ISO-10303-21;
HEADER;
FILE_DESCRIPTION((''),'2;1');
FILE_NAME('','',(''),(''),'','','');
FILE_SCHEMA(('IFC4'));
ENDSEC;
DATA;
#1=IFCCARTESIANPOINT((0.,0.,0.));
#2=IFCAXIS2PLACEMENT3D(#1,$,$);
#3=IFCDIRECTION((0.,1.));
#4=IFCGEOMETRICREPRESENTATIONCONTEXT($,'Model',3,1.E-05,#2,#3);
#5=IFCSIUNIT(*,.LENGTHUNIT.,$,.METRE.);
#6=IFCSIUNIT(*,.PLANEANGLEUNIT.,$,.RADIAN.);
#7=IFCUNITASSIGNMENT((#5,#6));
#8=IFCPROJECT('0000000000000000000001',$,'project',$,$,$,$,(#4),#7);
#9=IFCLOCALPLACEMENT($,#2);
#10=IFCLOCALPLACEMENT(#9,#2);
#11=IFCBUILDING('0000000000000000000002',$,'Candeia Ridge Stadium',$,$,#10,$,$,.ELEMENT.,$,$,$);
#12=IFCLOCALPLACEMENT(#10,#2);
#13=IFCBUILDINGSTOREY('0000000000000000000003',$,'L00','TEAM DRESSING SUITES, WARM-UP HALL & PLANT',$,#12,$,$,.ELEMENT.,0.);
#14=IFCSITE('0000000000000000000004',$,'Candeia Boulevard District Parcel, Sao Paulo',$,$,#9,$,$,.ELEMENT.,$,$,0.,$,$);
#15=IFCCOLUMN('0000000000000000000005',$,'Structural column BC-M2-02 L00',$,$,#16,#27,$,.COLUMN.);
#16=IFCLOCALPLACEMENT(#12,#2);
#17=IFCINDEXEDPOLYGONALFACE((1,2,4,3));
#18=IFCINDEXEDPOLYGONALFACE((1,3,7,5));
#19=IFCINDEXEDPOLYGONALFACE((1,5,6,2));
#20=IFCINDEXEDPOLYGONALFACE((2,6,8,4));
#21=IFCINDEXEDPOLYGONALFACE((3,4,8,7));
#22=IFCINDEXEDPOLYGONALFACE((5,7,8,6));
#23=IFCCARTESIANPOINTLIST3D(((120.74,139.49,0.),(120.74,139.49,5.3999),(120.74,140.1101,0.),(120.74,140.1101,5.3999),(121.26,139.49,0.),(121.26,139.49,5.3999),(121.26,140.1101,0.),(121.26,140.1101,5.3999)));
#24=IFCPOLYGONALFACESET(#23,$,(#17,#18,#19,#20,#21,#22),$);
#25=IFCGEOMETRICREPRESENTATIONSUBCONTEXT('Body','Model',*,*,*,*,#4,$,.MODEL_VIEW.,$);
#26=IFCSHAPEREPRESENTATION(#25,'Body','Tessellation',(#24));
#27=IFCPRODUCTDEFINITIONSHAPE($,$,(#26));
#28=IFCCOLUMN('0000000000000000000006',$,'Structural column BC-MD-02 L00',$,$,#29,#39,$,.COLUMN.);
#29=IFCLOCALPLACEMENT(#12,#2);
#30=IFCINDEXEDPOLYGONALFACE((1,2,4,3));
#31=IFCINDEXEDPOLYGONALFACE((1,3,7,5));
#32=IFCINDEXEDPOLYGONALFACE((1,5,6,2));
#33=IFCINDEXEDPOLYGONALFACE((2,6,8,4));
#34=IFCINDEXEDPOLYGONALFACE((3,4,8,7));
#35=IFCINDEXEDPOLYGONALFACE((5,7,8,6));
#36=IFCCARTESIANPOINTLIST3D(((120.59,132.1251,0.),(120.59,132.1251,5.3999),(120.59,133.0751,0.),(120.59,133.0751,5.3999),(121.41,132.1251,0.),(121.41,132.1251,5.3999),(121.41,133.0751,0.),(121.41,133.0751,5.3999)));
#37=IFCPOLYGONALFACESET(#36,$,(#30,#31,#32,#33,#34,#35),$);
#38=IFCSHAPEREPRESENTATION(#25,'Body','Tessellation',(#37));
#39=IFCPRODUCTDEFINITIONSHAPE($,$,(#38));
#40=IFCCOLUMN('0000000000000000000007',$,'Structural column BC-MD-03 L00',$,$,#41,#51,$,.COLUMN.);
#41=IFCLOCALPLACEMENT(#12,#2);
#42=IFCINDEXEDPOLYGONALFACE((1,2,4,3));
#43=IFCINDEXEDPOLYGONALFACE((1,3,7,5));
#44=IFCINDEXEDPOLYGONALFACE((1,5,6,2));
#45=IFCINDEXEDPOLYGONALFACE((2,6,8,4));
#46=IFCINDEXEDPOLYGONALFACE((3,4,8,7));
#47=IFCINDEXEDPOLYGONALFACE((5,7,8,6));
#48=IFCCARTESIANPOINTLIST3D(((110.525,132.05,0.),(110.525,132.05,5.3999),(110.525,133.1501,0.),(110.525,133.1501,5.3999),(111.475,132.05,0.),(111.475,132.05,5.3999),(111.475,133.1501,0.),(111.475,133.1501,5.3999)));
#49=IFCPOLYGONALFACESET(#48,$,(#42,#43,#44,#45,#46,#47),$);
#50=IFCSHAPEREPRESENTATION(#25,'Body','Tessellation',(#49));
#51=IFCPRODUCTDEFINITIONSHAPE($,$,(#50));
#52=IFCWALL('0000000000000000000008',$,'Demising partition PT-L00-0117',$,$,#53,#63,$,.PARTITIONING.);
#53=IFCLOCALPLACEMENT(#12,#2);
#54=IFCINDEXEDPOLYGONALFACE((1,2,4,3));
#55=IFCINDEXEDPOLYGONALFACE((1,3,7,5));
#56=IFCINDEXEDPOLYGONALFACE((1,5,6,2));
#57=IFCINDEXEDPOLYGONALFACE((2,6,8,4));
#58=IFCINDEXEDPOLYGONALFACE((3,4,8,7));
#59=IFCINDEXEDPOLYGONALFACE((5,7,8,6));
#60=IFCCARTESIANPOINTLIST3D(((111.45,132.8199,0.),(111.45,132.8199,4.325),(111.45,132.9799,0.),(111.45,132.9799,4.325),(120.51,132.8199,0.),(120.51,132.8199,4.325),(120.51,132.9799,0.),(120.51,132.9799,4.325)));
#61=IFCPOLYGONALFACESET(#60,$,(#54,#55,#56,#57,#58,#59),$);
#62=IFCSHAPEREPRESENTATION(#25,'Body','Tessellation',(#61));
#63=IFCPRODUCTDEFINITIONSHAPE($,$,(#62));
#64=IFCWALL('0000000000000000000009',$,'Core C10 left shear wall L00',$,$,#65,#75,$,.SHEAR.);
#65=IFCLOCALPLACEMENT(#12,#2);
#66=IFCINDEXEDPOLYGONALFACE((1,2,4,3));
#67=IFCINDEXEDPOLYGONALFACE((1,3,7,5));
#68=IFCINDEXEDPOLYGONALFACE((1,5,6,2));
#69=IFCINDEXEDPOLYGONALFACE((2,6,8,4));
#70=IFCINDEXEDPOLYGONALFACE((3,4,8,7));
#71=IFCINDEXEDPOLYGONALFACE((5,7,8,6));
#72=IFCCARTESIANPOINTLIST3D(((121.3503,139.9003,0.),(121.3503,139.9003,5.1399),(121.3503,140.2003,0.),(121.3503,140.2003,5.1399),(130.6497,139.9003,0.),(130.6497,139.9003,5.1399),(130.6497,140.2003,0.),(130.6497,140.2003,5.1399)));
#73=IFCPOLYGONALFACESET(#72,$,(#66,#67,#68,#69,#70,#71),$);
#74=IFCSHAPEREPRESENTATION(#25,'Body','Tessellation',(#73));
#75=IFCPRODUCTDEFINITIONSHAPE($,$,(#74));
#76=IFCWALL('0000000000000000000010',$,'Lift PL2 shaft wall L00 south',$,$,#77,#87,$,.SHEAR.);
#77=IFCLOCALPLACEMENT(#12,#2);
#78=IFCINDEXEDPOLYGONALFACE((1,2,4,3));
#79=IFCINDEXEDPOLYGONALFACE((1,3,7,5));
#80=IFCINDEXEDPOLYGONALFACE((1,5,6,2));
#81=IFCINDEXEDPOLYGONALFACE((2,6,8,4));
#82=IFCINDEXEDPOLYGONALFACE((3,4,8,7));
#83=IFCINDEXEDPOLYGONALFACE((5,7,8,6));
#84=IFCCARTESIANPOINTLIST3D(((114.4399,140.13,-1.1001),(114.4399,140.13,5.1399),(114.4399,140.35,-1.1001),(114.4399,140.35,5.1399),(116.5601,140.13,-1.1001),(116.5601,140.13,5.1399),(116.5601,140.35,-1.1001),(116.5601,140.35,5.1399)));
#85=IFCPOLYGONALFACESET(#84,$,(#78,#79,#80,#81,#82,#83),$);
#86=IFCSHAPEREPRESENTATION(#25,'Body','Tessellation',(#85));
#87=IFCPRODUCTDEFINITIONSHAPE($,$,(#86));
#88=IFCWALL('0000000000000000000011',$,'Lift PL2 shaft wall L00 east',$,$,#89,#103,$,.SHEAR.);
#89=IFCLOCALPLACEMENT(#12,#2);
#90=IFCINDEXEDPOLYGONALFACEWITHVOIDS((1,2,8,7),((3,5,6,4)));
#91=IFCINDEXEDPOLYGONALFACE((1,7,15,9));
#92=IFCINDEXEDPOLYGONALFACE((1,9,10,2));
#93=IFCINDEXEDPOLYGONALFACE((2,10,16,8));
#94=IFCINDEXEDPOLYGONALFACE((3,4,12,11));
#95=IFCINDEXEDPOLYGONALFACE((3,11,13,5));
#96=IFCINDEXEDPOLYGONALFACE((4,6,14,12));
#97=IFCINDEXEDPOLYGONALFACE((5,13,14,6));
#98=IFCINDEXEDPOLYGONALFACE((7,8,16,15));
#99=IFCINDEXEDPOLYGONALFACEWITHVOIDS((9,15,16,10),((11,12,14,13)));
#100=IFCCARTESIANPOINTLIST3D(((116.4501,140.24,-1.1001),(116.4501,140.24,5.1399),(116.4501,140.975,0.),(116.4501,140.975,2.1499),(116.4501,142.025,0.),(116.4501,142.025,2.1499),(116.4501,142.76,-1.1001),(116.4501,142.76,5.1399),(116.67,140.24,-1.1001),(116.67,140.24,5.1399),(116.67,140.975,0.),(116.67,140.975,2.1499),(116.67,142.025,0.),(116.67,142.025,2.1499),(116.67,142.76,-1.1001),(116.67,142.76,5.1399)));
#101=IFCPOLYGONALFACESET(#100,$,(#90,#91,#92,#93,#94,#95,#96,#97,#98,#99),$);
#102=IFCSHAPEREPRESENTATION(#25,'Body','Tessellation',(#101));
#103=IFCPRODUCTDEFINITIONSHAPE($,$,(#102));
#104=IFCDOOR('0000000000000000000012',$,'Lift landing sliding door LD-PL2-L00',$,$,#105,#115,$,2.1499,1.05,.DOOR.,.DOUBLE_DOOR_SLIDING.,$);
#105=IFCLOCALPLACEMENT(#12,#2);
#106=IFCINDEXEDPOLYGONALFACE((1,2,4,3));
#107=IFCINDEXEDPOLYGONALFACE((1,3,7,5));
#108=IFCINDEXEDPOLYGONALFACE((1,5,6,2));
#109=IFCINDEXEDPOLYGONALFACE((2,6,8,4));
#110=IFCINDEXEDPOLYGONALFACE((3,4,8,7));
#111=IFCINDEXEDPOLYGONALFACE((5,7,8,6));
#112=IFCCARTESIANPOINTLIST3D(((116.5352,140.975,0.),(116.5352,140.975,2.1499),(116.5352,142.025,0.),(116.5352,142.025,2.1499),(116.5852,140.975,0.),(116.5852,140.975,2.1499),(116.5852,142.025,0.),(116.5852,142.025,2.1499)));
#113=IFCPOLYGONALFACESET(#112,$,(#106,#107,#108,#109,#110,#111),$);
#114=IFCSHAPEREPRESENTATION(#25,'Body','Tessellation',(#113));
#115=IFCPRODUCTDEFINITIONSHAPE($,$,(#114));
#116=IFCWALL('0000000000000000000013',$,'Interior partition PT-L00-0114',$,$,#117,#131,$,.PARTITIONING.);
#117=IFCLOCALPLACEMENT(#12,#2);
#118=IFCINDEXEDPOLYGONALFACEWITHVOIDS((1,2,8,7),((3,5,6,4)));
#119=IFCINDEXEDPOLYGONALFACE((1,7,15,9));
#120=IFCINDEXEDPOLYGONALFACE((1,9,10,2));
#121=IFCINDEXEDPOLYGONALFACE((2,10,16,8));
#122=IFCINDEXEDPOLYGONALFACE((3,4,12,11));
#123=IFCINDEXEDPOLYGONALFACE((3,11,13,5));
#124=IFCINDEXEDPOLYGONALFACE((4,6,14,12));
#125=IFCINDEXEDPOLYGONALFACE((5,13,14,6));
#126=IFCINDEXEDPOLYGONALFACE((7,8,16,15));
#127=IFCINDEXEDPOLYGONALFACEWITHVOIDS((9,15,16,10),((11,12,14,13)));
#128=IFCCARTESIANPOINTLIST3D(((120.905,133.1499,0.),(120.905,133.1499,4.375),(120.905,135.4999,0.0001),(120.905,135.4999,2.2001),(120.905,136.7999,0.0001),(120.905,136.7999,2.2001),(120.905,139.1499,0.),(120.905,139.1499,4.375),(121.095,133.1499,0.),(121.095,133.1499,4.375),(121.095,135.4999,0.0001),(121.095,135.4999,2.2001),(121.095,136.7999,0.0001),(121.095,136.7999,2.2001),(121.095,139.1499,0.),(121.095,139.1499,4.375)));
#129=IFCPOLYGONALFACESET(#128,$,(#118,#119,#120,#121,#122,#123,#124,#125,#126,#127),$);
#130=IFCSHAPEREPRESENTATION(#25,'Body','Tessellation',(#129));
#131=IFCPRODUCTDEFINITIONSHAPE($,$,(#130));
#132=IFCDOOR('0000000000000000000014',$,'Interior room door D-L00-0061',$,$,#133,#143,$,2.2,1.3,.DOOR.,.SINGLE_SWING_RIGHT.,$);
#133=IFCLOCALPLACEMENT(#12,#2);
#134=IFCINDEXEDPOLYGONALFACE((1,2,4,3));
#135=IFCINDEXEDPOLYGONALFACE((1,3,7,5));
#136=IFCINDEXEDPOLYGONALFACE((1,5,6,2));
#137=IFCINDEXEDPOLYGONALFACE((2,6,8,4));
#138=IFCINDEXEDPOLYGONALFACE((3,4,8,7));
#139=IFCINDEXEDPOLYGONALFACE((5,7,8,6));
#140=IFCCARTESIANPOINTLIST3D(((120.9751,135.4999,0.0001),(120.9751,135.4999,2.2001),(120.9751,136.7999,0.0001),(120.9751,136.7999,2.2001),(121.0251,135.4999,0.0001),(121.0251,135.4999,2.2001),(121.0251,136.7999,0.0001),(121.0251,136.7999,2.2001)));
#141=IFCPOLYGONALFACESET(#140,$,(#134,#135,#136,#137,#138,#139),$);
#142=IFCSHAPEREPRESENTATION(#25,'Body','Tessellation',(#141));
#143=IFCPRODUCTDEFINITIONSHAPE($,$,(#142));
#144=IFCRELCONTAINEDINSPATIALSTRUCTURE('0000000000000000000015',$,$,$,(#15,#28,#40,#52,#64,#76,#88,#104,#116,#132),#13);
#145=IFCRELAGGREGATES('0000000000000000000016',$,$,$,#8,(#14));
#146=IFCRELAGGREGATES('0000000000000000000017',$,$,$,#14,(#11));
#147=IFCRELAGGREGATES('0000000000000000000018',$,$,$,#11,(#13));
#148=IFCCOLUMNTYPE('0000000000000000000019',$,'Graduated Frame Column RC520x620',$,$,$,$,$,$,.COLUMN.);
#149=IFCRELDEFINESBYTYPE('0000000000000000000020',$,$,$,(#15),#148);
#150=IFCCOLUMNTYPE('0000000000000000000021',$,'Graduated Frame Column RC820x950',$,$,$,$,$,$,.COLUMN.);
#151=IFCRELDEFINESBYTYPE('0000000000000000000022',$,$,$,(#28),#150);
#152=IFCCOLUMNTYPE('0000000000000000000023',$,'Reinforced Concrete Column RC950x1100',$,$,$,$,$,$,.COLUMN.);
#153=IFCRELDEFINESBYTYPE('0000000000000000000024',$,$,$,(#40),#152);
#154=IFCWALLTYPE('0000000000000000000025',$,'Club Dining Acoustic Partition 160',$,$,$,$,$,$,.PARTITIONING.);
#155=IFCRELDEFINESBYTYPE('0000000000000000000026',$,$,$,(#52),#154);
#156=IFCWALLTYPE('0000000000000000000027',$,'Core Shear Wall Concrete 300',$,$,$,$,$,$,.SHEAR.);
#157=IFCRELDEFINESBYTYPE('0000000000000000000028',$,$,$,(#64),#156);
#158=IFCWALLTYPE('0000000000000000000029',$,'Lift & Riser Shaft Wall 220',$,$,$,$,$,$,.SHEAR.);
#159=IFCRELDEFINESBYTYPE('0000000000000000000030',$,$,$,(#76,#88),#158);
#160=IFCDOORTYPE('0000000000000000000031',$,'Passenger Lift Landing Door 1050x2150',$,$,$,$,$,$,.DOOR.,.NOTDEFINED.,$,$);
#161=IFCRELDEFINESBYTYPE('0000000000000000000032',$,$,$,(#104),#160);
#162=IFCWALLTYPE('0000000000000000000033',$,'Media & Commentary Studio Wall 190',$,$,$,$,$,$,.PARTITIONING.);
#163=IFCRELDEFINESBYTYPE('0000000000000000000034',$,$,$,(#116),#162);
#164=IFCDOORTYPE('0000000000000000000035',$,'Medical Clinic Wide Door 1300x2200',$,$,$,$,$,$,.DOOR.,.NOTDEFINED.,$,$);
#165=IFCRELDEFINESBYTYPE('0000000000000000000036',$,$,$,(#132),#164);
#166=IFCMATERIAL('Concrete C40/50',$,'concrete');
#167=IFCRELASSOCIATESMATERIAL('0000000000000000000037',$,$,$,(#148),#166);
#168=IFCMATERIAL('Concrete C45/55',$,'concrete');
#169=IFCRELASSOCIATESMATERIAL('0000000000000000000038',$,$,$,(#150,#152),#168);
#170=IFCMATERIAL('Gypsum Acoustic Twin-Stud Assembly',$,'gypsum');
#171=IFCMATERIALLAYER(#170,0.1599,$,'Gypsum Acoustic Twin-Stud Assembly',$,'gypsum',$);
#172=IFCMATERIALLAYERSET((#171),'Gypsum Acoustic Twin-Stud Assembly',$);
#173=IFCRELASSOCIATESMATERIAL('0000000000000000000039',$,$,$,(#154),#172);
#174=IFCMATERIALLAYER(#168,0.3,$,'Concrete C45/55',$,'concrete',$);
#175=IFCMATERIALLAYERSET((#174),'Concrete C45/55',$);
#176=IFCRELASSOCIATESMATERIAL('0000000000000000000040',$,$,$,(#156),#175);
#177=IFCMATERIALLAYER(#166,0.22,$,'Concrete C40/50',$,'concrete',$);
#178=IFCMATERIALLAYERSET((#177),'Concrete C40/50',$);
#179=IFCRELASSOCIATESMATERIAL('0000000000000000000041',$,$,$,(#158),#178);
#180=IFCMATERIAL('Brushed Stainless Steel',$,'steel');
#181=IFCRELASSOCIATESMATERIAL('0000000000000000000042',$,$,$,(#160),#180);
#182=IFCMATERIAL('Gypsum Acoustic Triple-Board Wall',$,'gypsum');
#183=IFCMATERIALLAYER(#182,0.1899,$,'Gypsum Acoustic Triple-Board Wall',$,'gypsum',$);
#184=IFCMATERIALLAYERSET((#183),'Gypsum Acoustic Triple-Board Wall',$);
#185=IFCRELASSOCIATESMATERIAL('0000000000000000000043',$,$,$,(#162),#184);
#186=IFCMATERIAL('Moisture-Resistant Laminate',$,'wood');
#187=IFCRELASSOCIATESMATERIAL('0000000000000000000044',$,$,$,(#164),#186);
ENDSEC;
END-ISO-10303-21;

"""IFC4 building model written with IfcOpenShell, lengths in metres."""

from ifc_helpers import new_model, si_unit, direction, frame, frame_2d, origin, origin_2d, place, context, subcontext, project, spatial, rectangle, extrude, material, layer, layer_set, material_profile, profile_set, type_object, element, fill, save


model = new_model("IFC4")

# Units and contexts
model_context = context("Model", 3, precision=1e-05, world=origin(), true_north=direction((0.0, 1.0)))
body_context = subcontext(model_context, "Body", "Model", "MODEL_VIEW")
ifc_project = project(units=[si_unit("LENGTHUNIT", "METRE"), si_unit("PLANEANGLEUNIT", "RADIAN")], contexts=[model_context])

# Site, building, storey
site_placement = place(None, origin())
site = spatial("IfcSite", under=ifc_project, at=site_placement, Name="Candeia Boulevard District Parcel, Sao Paulo", CompositionType="ELEMENT", RefElevation=0.0)
building_placement = place(site_placement, origin())
building = spatial("IfcBuilding", under=site, at=building_placement, Name="Candeia Ridge Stadium", CompositionType="ELEMENT")
storey_placement = place(building_placement, origin())
storey = spatial("IfcBuildingStorey", under=building, at=storey_placement, Name="L00", Description="TEAM DRESSING SUITES, WARM-UP HALL & PLANT", CompositionType="ELEMENT", Elevation=0.0)

# Shared definitions
ifc_material_1 = material(Name="Concrete C40/50", Category="concrete")

# Columns
ifc_material_profile_1 = material_profile(ifc_material_1, rectangle(XDim=0.52, YDim=0.6201, at=origin_2d()), Name="RC520x620", Category="concrete")
ifc_profile_set_1 = profile_set([ifc_material_profile_1], Name="Concrete C40/50")
column_type_1 = type_object("IfcColumnType", Name="Graduated Frame Column RC520x620", PredefinedType="COLUMN", material=ifc_profile_set_1)
column_1_placement = place(storey_placement, frame((121.0, 139.8, 0.0), z_axis=(0.0, 0.0, 1.0), x_axis=(1.0, 0.0, 0.0)))
element("IfcColumn", 1, at=column_1_placement, inside=storey, type_object=column_type_1, Name="Structural column BC-M2-02 L00", PredefinedType="COLUMN", context=body_context, shape_type="SweptSolid", body=[
    extrude(rectangle(XDim=0.52, YDim=0.6201, at=origin_2d()), origin(), (0.0, 0.0, 1.0), 5.3999),
])
ifc_material_2 = material(Name="Concrete C45/55", Category="concrete")
ifc_material_profile_2 = material_profile(ifc_material_2, rectangle(XDim=0.8201, YDim=0.95, at=origin_2d()), Name="RC820x950", Category="concrete")
ifc_profile_set_2 = profile_set([ifc_material_profile_2], Name="Concrete C45/55")
column_type_2 = type_object("IfcColumnType", Name="Graduated Frame Column RC820x950", PredefinedType="COLUMN", material=ifc_profile_set_2)
column_2_placement = place(storey_placement, frame((121.0, 132.6001, 0.0), z_axis=(0.0, 0.0, 1.0), x_axis=(1.0, 0.0, 0.0)))
element("IfcColumn", 2, at=column_2_placement, inside=storey, type_object=column_type_2, Name="Structural column BC-MD-02 L00", PredefinedType="COLUMN", context=body_context, shape_type="SweptSolid", body=[
    extrude(rectangle(XDim=0.8201, YDim=0.95, at=origin_2d()), origin(), (0.0, 0.0, 1.0), 5.3999),
])
ifc_material_profile_3 = material_profile(ifc_material_2, rectangle(XDim=0.95, YDim=1.1001, at=origin_2d()), Name="RC950x1100", Category="concrete")
ifc_profile_set_3 = profile_set([ifc_material_profile_3], Name="Concrete C45/55")
column_type_3 = type_object("IfcColumnType", Name="Reinforced Concrete Column RC950x1100", PredefinedType="COLUMN", material=ifc_profile_set_3)
column_3_placement = place(storey_placement, frame((111.0, 132.6001, 0.0), z_axis=(0.0, 0.0, 1.0), x_axis=(1.0, 0.0, 0.0)))
element("IfcColumn", 3, at=column_3_placement, inside=storey, type_object=column_type_3, Name="Structural column BC-MD-03 L00", PredefinedType="COLUMN", context=body_context, shape_type="SweptSolid", body=[
    extrude(rectangle(XDim=0.95, YDim=1.1001, at=origin_2d()), origin(), (0.0, 0.0, 1.0), 5.3999),
])

# Walls
ifc_material_3 = material(Name="Gypsum Acoustic Twin-Stud Assembly", Category="gypsum")
ifc_layer_1 = layer(ifc_material_3, 0.1599, Name="Gypsum Acoustic Twin-Stud Assembly", Category="gypsum")
ifc_layer_set_1 = layer_set([ifc_layer_1], Name="Gypsum Acoustic Twin-Stud Assembly")
wall_type_1 = type_object("IfcWallType", Name="Club Dining Acoustic Partition 160", PredefinedType="PARTITIONING", material=ifc_layer_set_1)
wall_1_placement = place(storey_placement, frame((120.51, 132.8999, 0.0), z_axis=(0.0, 0.0, 1.0), x_axis=(-1.0, 0.0, 0.0)))
element("IfcWall", 4, at=wall_1_placement, inside=storey, type_object=wall_type_1, Name="Demising partition PT-L00-0117", PredefinedType="PARTITIONING", context=body_context, shape_type="SweptSolid", body=[
    extrude(rectangle(XDim=9.0601, YDim=0.1599, at=frame_2d((4.53, 0.0))), origin(), (0.0, 0.0, 1.0), 4.325),
])
ifc_layer_2 = layer(ifc_material_2, 0.3, Name="Concrete C45/55", Category="concrete")
ifc_layer_set_2 = layer_set([ifc_layer_2], Name="Concrete C45/55")
wall_type_2 = type_object("IfcWallType", Name="Core Shear Wall Concrete 300", PredefinedType="SHEAR", material=ifc_layer_set_2)
wall_2_placement = place(storey_placement, frame((121.3503, 140.0503, 0.0), z_axis=(0.0, 0.0, 1.0), x_axis=(1.0, 0.0, 0.0)))
element("IfcWall", 5, at=wall_2_placement, inside=storey, type_object=wall_type_2, Name="Core C10 left shear wall L00", PredefinedType="SHEAR", context=body_context, shape_type="SweptSolid", body=[
    extrude(rectangle(XDim=9.2993, YDim=0.3, at=frame_2d((4.6497, 0.0))), origin(), (0.0, 0.0, 1.0), 5.1399),
])
ifc_layer_3 = layer(ifc_material_1, 0.22, Name="Concrete C40/50", Category="concrete")
ifc_layer_set_3 = layer_set([ifc_layer_3], Name="Concrete C40/50")
wall_type_3 = type_object("IfcWallType", Name="Lift & Riser Shaft Wall 220", PredefinedType="SHEAR", material=ifc_layer_set_3)
wall_3_placement = place(storey_placement, frame((114.4399, 140.24, -1.1001), z_axis=(0.0, 0.0, 1.0), x_axis=(1.0, 0.0, 0.0)))
element("IfcWall", 6, at=wall_3_placement, inside=storey, type_object=wall_type_3, Name="Lift PL2 shaft wall L00 south", PredefinedType="SHEAR", context=body_context, shape_type="SweptSolid", body=[
    extrude(rectangle(XDim=2.1201, YDim=0.22, at=frame_2d((1.0601, 0.0))), origin(), (0.0, 0.0, 1.0), 6.24),
])

# Walls, openings, doors
wall_4_placement = place(storey_placement, frame((116.5601, 140.24, -1.1001), z_axis=(0.0, 0.0, 1.0), x_axis=(0.0, 1.0, 0.0)))
wall_4 = element("IfcWall", 7, at=wall_4_placement, inside=storey, type_object=wall_type_3, Name="Lift PL2 shaft wall L00 east", PredefinedType="SHEAR", context=body_context, shape_type="SweptSolid", body=[
    extrude(rectangle(XDim=2.52, YDim=0.22, at=frame_2d((1.26, 0.0))), origin(), (0.0, 0.0, 1.0), 6.24),
])
opening_1_placement = place(wall_4_placement, frame((0.7351, 0.0, 1.1001)))
opening_1 = element("IfcOpeningElement", 8, at=opening_1_placement, cuts=wall_4, PredefinedType="OPENING", context=body_context, shape_type="SweptSolid", body=[
    extrude(rectangle(XDim=1.05, YDim=2.1499, at=frame_2d((0.5249, 1.075))), frame((0.0, 0.1199, 0.0), z_axis=(0.0, -1.0, 0.0), x_axis=(1.0, 0.0, 0.0)), (0.0, 0.0, 1.0), 0.24),
])
ifc_material_4 = material(Name="Brushed Stainless Steel", Category="steel")
door_type_1 = type_object("IfcDoorType", Name="Passenger Lift Landing Door 1050x2150", OperationType="NOTDEFINED", PredefinedType="DOOR", material=ifc_material_4)
door_1_placement = place(opening_1_placement, origin())
door_1 = element("IfcDoor", 9, at=door_1_placement, inside=storey, type_object=door_type_1, Name="Lift landing sliding door LD-PL2-L00", OperationType="DOUBLE_DOOR_SLIDING", OverallHeight=2.1499, OverallWidth=1.05, PredefinedType="DOOR", context=body_context, shape_type="SweptSolid", body=[
    extrude(rectangle(XDim=1.05, YDim=2.1499, at=frame_2d((0.5249, 1.075))), frame((0.0, 0.0249, 0.0), z_axis=(0.0, -1.0, 0.0), x_axis=(1.0, 0.0, 0.0)), (0.0, 0.0, 1.0), 0.05),
])
fill(opening_1, door_1)
ifc_material_5 = material(Name="Gypsum Acoustic Triple-Board Wall", Category="gypsum")
ifc_layer_4 = layer(ifc_material_5, 0.1899, Name="Gypsum Acoustic Triple-Board Wall", Category="gypsum")
ifc_layer_set_4 = layer_set([ifc_layer_4], Name="Gypsum Acoustic Triple-Board Wall")
wall_type_4 = type_object("IfcWallType", Name="Media & Commentary Studio Wall 190", PredefinedType="PARTITIONING", material=ifc_layer_set_4)
wall_5_placement = place(storey_placement, frame((121.0, 133.1499, 0.0), z_axis=(0.0, 0.0, 1.0), x_axis=(0.0, 1.0, 0.0)))
wall_5 = element("IfcWall", 10, at=wall_5_placement, inside=storey, type_object=wall_type_4, Name="Interior partition PT-L00-0114", PredefinedType="PARTITIONING", context=body_context, shape_type="SweptSolid", body=[
    extrude(rectangle(XDim=6.0, YDim=0.1899, at=frame_2d((3.0, 0.0))), origin(), (0.0, 0.0, 1.0), 4.375),
])
opening_2_placement = place(wall_5_placement, frame((2.3501, 0.0, 0.0)))
opening_2 = element("IfcOpeningElement", 11, at=opening_2_placement, cuts=wall_5, PredefinedType="OPENING", context=body_context, shape_type="SweptSolid", body=[
    extrude(rectangle(XDim=1.3, YDim=2.2, at=frame_2d((0.6499, 1.1001))), frame((0.0, 0.105, 0.0), z_axis=(0.0, -1.0, 0.0), x_axis=(1.0, 0.0, 0.0)), (0.0, 0.0, 1.0), 0.21),
])
ifc_material_6 = material(Name="Moisture-Resistant Laminate", Category="wood")
door_type_2 = type_object("IfcDoorType", Name="Medical Clinic Wide Door 1300x2200", OperationType="NOTDEFINED", PredefinedType="DOOR", material=ifc_material_6)
door_2_placement = place(opening_2_placement, origin())
door_2 = element("IfcDoor", 12, at=door_2_placement, inside=storey, type_object=door_type_2, Name="Interior room door D-L00-0061", OperationType="SINGLE_SWING_RIGHT", OverallHeight=2.2, OverallWidth=1.3, PredefinedType="DOOR", context=body_context, shape_type="SweptSolid", body=[
    extrude(rectangle(XDim=1.3, YDim=2.2, at=frame_2d((0.6499, 1.1001))), frame((0.0, 0.0249, 0.0), z_axis=(0.0, -1.0, 0.0), x_axis=(1.0, 0.0, 0.0)), (0.0, 0.0, 1.0), 0.05),
])
fill(opening_2, door_2)

save(model, "model.ifc")
